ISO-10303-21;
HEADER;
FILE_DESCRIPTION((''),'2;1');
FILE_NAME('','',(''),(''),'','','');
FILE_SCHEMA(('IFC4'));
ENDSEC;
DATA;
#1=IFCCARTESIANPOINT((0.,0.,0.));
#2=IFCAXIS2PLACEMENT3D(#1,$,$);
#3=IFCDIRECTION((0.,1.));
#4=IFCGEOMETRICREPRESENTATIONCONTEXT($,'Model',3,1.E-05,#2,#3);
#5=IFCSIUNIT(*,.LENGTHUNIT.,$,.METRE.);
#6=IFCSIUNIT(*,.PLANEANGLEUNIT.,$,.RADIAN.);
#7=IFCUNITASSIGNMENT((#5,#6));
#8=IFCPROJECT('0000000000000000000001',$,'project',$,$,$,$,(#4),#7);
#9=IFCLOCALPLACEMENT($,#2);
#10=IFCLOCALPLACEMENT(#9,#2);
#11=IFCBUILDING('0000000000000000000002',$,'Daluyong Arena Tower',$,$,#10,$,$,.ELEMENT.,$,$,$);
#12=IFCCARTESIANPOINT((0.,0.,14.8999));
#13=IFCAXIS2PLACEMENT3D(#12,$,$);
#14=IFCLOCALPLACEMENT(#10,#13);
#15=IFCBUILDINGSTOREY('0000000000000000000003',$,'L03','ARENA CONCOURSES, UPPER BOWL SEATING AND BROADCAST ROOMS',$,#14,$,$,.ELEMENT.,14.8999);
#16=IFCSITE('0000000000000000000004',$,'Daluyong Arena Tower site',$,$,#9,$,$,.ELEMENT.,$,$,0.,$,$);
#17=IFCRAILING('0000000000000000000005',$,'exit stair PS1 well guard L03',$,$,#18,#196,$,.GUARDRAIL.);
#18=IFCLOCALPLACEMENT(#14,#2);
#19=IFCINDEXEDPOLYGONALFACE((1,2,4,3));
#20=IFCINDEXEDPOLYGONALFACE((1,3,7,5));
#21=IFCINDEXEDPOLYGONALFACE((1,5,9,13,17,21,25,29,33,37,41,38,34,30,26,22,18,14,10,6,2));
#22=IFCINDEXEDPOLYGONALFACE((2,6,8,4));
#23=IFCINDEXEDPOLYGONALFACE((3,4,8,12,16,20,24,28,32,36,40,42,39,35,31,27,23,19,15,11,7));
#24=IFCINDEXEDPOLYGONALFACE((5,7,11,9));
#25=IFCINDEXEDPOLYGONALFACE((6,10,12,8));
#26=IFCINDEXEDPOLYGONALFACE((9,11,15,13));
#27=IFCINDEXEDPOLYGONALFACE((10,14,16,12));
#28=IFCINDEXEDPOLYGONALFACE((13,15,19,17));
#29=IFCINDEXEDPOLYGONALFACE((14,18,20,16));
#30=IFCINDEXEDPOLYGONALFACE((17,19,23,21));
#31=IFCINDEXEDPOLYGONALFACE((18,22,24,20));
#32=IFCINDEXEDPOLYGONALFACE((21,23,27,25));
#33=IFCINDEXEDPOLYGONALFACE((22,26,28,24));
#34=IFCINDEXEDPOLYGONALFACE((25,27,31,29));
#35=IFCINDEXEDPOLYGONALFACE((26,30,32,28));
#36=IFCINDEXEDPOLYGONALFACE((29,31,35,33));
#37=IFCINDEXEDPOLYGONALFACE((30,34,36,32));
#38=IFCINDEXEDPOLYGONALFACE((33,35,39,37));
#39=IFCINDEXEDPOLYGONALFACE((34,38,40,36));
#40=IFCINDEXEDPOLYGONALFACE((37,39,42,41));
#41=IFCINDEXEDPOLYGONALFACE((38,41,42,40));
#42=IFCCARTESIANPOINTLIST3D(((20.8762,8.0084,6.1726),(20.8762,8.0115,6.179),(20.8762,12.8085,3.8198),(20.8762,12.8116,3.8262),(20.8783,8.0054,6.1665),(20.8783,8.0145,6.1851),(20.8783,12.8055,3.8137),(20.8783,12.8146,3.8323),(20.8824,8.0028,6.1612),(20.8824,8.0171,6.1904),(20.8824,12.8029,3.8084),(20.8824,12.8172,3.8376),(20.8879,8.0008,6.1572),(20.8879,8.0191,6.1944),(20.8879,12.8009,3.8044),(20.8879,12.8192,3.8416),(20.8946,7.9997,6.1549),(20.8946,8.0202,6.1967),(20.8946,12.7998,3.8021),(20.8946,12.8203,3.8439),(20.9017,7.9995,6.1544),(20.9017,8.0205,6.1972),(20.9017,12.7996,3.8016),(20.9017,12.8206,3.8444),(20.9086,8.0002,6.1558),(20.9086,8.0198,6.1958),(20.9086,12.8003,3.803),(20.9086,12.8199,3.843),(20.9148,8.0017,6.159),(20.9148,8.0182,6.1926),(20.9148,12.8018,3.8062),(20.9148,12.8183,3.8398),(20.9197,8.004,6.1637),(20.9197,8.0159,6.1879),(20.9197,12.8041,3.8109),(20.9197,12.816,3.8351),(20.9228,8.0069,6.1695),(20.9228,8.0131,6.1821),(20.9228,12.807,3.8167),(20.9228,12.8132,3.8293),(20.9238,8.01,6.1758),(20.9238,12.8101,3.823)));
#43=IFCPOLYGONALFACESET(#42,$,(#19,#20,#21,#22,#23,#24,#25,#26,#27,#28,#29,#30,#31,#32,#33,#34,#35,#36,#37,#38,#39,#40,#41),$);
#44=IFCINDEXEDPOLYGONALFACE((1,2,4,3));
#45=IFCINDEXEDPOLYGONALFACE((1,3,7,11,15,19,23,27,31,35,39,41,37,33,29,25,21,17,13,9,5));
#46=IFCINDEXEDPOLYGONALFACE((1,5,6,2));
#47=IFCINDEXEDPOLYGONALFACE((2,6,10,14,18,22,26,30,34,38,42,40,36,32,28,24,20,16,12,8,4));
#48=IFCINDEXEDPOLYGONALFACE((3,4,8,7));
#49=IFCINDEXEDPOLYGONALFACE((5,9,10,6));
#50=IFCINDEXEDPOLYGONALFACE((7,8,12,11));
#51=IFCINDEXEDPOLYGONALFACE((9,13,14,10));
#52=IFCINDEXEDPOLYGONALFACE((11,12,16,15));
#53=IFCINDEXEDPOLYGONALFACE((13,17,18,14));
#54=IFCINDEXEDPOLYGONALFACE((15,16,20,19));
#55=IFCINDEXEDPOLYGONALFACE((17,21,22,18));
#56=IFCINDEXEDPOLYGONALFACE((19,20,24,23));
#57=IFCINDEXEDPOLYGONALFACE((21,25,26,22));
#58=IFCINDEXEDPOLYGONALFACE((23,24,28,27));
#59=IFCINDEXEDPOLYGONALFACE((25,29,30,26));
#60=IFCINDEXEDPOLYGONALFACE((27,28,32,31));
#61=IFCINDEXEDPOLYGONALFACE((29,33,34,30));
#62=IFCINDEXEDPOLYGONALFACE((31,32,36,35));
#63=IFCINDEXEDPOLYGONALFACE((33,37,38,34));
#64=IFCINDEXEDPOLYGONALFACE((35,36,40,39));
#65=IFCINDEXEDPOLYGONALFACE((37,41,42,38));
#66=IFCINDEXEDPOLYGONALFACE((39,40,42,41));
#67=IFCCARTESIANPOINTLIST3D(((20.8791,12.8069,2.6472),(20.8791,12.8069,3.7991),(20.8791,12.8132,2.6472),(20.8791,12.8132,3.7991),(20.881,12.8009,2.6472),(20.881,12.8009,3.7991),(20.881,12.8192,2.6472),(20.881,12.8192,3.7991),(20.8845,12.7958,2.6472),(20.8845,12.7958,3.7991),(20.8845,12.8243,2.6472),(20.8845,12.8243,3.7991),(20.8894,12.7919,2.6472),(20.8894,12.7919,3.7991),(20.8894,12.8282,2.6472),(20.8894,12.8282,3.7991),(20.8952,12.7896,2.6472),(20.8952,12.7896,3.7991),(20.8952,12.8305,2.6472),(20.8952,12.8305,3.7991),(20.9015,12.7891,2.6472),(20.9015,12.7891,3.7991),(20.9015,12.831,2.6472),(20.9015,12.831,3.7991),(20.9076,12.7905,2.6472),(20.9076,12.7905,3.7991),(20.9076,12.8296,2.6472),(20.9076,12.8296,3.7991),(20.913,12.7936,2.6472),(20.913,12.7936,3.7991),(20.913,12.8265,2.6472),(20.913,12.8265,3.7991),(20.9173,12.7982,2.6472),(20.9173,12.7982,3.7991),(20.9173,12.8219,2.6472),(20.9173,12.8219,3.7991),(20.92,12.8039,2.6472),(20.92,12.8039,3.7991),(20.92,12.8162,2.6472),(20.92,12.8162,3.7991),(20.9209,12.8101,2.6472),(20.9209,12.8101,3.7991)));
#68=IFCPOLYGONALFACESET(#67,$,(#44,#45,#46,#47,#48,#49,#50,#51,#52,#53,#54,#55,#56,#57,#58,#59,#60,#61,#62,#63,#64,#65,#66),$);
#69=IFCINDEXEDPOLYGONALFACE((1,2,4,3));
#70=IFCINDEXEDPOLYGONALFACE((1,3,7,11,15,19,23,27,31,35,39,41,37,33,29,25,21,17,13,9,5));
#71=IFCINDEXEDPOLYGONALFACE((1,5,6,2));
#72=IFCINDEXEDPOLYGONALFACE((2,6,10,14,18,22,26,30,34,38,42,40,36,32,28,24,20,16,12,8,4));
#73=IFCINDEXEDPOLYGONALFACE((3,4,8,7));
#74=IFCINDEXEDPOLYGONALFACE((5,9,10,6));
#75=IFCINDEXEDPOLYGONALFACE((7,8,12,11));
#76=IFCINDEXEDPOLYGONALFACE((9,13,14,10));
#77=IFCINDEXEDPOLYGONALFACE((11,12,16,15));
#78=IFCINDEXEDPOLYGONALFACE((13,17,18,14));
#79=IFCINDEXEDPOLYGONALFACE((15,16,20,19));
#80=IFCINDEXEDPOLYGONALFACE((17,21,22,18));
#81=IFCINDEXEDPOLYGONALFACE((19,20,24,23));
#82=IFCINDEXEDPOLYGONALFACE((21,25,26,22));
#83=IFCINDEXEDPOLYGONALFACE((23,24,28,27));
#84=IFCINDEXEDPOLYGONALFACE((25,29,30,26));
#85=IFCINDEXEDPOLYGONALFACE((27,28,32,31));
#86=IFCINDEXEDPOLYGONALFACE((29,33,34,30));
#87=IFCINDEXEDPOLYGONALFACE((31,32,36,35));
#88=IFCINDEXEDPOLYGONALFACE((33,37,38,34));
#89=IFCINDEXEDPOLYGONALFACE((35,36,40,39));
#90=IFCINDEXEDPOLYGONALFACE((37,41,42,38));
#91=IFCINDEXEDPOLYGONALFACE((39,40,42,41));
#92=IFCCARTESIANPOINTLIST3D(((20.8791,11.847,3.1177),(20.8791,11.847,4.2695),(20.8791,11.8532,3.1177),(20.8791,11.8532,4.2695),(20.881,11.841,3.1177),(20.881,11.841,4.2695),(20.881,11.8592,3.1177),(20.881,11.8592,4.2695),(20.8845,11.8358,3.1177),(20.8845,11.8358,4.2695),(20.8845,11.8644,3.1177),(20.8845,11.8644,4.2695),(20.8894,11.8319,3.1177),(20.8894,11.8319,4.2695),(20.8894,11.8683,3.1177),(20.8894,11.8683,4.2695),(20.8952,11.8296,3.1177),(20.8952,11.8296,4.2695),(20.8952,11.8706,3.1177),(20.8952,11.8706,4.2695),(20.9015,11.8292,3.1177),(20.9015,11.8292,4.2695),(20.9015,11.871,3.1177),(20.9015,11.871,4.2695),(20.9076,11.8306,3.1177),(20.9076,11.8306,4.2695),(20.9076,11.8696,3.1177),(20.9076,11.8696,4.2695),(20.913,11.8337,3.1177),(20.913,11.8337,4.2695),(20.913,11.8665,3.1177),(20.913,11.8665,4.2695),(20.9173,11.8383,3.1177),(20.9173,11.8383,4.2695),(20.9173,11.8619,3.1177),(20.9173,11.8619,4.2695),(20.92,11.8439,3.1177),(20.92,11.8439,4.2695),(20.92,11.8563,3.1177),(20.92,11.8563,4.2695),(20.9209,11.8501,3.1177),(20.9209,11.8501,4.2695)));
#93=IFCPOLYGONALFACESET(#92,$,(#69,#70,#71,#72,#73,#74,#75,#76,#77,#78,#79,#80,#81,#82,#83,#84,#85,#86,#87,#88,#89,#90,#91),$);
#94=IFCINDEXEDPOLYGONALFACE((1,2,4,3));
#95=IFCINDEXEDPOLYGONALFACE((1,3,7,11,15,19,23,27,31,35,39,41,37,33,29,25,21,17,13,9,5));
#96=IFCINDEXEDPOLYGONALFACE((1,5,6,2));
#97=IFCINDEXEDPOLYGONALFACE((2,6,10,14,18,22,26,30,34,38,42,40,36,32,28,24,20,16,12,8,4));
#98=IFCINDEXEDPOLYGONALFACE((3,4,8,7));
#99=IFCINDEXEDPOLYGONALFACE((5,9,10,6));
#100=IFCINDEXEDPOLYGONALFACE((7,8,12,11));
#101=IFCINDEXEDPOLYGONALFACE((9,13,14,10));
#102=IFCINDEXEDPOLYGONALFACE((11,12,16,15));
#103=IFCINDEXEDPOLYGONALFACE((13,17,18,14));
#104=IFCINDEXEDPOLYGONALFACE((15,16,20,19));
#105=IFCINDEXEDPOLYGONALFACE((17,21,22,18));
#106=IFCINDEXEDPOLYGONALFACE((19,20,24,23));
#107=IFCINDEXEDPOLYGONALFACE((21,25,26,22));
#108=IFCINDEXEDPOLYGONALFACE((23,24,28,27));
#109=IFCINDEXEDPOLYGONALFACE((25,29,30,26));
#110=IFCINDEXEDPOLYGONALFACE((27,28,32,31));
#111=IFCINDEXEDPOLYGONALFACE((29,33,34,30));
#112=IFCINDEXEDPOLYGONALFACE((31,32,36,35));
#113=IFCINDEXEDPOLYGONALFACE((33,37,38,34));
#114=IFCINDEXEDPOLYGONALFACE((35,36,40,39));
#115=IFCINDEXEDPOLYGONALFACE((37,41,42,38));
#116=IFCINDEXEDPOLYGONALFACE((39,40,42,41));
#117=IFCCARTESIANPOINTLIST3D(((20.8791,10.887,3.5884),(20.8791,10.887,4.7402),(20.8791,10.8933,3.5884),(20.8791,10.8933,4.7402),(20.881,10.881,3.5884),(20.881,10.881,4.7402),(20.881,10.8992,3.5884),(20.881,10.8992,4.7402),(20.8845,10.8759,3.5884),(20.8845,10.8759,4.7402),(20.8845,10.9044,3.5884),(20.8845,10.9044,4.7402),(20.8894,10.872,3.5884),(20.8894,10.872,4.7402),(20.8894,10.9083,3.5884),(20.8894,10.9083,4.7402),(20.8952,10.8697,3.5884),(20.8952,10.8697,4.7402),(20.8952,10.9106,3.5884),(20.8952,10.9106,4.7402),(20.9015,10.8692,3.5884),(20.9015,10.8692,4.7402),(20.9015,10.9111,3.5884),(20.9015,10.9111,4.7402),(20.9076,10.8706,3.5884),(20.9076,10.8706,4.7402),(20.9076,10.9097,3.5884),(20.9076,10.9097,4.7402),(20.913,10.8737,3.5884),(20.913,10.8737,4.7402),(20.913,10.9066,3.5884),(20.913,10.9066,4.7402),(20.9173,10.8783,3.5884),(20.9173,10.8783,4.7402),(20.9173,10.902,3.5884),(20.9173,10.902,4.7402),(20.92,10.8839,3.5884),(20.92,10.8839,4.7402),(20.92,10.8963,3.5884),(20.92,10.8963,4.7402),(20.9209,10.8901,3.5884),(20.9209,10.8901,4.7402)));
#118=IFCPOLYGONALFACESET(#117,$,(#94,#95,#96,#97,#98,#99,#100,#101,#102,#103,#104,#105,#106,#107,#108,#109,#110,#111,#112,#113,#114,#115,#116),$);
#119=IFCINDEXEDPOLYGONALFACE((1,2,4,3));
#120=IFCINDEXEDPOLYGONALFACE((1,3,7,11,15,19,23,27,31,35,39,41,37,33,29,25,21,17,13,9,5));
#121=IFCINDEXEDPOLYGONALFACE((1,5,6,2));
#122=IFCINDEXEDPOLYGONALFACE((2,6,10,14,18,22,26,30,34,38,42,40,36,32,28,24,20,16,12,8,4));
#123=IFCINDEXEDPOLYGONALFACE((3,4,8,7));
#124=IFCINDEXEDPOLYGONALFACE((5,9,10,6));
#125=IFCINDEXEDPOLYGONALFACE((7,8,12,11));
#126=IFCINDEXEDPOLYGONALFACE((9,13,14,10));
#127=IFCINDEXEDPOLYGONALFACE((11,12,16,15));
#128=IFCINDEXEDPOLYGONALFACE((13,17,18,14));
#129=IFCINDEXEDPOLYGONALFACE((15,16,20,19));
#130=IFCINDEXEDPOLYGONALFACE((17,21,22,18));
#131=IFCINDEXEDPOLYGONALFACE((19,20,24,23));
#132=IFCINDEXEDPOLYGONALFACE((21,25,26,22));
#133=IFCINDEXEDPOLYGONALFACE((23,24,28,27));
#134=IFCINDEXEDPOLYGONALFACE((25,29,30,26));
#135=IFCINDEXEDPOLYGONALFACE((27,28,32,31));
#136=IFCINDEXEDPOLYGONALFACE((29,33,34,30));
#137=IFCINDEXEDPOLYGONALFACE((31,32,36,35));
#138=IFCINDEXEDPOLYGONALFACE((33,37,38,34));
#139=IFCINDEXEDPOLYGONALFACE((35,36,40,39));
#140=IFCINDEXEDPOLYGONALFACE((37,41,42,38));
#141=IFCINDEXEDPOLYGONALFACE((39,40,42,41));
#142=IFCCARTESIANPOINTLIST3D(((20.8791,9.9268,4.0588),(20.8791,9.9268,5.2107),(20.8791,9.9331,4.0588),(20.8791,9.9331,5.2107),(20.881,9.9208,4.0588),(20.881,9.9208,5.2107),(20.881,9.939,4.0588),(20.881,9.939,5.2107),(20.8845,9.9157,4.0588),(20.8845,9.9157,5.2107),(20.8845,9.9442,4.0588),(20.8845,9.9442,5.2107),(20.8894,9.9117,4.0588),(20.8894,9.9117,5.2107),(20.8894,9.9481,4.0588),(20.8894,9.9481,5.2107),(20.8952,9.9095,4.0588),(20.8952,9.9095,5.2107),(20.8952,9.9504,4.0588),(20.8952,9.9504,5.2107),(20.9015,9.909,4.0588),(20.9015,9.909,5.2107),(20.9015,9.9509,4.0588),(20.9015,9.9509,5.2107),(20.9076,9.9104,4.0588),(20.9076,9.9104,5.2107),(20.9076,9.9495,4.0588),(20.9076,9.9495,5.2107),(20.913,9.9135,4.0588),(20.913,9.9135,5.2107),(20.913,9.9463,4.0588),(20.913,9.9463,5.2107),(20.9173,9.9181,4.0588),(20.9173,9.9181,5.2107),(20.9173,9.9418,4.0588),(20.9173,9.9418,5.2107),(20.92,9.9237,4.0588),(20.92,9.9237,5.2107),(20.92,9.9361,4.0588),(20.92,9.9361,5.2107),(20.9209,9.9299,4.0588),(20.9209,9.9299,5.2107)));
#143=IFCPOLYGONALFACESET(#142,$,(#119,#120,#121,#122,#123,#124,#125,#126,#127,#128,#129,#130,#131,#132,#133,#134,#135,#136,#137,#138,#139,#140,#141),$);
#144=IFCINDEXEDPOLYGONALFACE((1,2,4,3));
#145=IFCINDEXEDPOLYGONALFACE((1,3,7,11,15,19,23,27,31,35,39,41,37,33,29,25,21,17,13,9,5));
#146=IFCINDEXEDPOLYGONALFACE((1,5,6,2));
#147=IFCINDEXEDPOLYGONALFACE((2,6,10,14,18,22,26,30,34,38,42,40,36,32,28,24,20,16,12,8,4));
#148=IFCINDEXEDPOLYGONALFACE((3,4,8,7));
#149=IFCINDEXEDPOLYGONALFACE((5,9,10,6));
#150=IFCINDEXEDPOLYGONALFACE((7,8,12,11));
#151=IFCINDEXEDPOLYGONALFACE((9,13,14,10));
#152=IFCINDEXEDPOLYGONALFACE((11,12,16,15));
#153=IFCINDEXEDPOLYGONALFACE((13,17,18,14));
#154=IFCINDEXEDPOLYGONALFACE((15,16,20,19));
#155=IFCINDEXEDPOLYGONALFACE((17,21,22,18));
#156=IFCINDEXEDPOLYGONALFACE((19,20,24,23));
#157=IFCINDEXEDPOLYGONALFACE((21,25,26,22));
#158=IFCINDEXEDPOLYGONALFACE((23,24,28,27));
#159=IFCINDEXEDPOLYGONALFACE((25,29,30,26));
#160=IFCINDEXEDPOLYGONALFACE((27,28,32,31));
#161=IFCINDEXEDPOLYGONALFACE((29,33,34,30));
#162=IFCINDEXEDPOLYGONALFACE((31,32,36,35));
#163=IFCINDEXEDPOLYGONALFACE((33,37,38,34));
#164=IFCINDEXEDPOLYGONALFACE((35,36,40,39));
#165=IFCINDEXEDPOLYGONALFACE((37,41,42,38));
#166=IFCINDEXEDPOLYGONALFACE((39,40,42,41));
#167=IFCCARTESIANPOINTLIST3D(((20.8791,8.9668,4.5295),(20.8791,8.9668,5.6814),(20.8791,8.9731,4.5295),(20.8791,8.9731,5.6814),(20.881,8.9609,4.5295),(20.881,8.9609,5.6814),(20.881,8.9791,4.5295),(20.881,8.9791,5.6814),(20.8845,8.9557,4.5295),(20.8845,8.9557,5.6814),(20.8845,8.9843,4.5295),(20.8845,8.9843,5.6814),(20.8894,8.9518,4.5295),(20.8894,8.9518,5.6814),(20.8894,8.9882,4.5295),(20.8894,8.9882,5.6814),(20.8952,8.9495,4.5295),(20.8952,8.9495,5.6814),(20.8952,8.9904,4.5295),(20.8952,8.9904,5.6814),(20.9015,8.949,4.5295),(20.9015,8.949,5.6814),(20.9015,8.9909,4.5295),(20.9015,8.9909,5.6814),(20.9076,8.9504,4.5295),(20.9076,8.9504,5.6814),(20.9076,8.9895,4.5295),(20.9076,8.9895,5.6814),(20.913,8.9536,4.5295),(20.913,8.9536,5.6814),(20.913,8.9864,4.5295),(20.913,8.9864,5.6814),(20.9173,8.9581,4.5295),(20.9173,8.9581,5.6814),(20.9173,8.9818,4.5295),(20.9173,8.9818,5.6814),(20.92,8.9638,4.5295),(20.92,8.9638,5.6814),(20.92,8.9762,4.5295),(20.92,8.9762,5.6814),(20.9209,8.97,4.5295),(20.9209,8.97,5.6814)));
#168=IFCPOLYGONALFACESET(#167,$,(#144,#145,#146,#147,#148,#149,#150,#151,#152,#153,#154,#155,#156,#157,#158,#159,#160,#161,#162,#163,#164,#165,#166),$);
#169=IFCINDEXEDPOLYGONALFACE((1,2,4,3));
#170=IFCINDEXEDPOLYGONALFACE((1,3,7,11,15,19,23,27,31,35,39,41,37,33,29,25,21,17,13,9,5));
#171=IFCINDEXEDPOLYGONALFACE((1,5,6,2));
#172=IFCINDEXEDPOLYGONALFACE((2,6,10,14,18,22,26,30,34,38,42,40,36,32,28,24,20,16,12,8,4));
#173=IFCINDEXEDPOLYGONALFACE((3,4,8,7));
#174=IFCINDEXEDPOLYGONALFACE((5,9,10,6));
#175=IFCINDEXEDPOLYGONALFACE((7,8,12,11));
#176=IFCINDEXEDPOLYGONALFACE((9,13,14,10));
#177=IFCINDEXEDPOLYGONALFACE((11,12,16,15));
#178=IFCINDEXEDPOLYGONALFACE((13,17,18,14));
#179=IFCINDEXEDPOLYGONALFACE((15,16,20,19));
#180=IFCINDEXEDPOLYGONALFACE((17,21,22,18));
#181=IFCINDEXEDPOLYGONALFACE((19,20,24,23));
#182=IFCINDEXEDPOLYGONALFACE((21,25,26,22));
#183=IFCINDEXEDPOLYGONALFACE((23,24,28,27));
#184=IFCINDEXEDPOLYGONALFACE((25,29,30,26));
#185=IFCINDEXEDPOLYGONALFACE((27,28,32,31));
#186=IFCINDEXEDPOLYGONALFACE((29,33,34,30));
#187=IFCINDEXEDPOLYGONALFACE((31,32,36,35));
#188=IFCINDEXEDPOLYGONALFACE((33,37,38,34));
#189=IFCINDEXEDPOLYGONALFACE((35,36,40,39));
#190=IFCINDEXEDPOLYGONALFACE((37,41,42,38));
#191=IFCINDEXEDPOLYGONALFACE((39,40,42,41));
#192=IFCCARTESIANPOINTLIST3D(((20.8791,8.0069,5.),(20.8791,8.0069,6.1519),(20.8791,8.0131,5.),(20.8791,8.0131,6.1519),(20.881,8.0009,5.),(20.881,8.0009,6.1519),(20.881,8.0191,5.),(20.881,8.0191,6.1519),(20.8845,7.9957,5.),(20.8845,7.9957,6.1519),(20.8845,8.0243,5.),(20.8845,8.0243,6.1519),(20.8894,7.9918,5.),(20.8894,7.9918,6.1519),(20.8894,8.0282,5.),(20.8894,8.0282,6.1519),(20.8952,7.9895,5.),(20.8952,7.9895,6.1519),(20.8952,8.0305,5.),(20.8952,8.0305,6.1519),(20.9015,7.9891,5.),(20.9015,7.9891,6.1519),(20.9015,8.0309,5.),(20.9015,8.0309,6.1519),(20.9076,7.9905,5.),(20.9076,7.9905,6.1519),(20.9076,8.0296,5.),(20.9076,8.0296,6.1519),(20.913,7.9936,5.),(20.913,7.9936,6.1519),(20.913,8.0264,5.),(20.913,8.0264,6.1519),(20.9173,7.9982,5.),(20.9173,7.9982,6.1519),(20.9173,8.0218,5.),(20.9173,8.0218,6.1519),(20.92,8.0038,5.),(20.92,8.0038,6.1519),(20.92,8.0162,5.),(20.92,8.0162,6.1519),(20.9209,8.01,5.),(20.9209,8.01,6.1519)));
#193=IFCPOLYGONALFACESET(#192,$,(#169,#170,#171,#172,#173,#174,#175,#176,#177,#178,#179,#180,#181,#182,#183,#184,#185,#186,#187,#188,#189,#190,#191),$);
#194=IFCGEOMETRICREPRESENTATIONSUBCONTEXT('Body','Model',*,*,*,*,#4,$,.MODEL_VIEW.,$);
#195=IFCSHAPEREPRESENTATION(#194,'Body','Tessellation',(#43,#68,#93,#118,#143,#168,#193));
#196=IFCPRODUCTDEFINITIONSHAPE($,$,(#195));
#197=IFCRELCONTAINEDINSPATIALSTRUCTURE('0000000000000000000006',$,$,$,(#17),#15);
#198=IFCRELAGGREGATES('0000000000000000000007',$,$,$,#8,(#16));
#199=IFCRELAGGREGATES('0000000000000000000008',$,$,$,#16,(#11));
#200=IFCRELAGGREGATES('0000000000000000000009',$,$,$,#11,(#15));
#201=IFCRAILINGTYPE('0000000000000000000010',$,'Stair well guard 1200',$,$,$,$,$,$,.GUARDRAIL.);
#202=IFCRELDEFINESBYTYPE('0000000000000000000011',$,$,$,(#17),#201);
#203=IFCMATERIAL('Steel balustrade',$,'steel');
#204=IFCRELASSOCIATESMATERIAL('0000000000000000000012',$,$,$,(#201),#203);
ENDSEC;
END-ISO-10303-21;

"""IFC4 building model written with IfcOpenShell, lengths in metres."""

from ifc_helpers import new_model, si_unit, direction, frame, origin, origin_2d, place, context, subcontext, project, spatial, circle, extrude, material, type_object, element, save


model = new_model("IFC4")

# Units and contexts
model_context = context("Model", 3, precision=1e-05, world=origin(), true_north=direction((0.0, 1.0)))
body_context = subcontext(model_context, "Body", "Model", "MODEL_VIEW")
ifc_project = project(units=[si_unit("LENGTHUNIT", "METRE"), si_unit("PLANEANGLEUNIT", "RADIAN")], contexts=[model_context])

# Site, building, storey
site_placement = place(None, origin())
site = spatial("IfcSite", under=ifc_project, at=site_placement, Name="Daluyong Arena Tower site", CompositionType="ELEMENT", RefElevation=0.0)
building_placement = place(site_placement, origin())
building = spatial("IfcBuilding", under=site, at=building_placement, Name="Daluyong Arena Tower", CompositionType="ELEMENT")
storey_placement = place(building_placement, frame((0.0, 0.0, 14.8999)))
storey = spatial("IfcBuildingStorey", under=building, at=storey_placement, Name="L03", Description="ARENA CONCOURSES, UPPER BOWL SEATING AND BROADCAST ROOMS", CompositionType="ELEMENT", Elevation=14.8999)

# Railing
ifc_material_1 = material(Name="Steel balustrade", Category="steel")
railing_type_1 = type_object("IfcRailingType", Name="Stair well guard 1200", PredefinedType="GUARDRAIL", material=ifc_material_1)
railing_1_placement = place(storey_placement, frame((20.8999, 12.8101, 2.6472)))
element("IfcRailing", 1, at=railing_1_placement, inside=storey, type_object=railing_type_1, Name="exit stair PS1 well guard L03", PredefinedType="GUARDRAIL", context=body_context, shape_type="SweptSolid", body=[
    extrude(circle(Radius=0.0239, at=origin_2d()), frame((0.0, 0.0, 1.1758), z_axis=(0.0, -0.897934, 0.44013), x_axis=(1.0, 0.0, 0.0)), (0.0, 0.0, 1.0), 5.3457),
    extrude(circle(Radius=0.021, at=origin_2d()), origin(), (0.0, 0.0, 1.0), 1.1519),
    extrude(circle(Radius=0.021, at=origin_2d()), frame((0.0, -0.96, 0.4705)), (0.0, 0.0, 1.0), 1.1519),
    extrude(circle(Radius=0.021, at=origin_2d()), frame((0.0, -1.9199, 0.9412)), (0.0, 0.0, 1.0), 1.1519),
    extrude(circle(Radius=0.021, at=origin_2d()), frame((0.0, -2.8801, 1.4116)), (0.0, 0.0, 1.0), 1.1519),
    extrude(circle(Radius=0.021, at=origin_2d()), frame((0.0, -3.8401, 1.8823)), (0.0, 0.0, 1.0), 1.1519),
    extrude(circle(Radius=0.021, at=origin_2d()), frame((0.0, -4.8, 2.3528)), (0.0, 0.0, 1.0), 1.1519),
])

save(model, "model.ifc")
